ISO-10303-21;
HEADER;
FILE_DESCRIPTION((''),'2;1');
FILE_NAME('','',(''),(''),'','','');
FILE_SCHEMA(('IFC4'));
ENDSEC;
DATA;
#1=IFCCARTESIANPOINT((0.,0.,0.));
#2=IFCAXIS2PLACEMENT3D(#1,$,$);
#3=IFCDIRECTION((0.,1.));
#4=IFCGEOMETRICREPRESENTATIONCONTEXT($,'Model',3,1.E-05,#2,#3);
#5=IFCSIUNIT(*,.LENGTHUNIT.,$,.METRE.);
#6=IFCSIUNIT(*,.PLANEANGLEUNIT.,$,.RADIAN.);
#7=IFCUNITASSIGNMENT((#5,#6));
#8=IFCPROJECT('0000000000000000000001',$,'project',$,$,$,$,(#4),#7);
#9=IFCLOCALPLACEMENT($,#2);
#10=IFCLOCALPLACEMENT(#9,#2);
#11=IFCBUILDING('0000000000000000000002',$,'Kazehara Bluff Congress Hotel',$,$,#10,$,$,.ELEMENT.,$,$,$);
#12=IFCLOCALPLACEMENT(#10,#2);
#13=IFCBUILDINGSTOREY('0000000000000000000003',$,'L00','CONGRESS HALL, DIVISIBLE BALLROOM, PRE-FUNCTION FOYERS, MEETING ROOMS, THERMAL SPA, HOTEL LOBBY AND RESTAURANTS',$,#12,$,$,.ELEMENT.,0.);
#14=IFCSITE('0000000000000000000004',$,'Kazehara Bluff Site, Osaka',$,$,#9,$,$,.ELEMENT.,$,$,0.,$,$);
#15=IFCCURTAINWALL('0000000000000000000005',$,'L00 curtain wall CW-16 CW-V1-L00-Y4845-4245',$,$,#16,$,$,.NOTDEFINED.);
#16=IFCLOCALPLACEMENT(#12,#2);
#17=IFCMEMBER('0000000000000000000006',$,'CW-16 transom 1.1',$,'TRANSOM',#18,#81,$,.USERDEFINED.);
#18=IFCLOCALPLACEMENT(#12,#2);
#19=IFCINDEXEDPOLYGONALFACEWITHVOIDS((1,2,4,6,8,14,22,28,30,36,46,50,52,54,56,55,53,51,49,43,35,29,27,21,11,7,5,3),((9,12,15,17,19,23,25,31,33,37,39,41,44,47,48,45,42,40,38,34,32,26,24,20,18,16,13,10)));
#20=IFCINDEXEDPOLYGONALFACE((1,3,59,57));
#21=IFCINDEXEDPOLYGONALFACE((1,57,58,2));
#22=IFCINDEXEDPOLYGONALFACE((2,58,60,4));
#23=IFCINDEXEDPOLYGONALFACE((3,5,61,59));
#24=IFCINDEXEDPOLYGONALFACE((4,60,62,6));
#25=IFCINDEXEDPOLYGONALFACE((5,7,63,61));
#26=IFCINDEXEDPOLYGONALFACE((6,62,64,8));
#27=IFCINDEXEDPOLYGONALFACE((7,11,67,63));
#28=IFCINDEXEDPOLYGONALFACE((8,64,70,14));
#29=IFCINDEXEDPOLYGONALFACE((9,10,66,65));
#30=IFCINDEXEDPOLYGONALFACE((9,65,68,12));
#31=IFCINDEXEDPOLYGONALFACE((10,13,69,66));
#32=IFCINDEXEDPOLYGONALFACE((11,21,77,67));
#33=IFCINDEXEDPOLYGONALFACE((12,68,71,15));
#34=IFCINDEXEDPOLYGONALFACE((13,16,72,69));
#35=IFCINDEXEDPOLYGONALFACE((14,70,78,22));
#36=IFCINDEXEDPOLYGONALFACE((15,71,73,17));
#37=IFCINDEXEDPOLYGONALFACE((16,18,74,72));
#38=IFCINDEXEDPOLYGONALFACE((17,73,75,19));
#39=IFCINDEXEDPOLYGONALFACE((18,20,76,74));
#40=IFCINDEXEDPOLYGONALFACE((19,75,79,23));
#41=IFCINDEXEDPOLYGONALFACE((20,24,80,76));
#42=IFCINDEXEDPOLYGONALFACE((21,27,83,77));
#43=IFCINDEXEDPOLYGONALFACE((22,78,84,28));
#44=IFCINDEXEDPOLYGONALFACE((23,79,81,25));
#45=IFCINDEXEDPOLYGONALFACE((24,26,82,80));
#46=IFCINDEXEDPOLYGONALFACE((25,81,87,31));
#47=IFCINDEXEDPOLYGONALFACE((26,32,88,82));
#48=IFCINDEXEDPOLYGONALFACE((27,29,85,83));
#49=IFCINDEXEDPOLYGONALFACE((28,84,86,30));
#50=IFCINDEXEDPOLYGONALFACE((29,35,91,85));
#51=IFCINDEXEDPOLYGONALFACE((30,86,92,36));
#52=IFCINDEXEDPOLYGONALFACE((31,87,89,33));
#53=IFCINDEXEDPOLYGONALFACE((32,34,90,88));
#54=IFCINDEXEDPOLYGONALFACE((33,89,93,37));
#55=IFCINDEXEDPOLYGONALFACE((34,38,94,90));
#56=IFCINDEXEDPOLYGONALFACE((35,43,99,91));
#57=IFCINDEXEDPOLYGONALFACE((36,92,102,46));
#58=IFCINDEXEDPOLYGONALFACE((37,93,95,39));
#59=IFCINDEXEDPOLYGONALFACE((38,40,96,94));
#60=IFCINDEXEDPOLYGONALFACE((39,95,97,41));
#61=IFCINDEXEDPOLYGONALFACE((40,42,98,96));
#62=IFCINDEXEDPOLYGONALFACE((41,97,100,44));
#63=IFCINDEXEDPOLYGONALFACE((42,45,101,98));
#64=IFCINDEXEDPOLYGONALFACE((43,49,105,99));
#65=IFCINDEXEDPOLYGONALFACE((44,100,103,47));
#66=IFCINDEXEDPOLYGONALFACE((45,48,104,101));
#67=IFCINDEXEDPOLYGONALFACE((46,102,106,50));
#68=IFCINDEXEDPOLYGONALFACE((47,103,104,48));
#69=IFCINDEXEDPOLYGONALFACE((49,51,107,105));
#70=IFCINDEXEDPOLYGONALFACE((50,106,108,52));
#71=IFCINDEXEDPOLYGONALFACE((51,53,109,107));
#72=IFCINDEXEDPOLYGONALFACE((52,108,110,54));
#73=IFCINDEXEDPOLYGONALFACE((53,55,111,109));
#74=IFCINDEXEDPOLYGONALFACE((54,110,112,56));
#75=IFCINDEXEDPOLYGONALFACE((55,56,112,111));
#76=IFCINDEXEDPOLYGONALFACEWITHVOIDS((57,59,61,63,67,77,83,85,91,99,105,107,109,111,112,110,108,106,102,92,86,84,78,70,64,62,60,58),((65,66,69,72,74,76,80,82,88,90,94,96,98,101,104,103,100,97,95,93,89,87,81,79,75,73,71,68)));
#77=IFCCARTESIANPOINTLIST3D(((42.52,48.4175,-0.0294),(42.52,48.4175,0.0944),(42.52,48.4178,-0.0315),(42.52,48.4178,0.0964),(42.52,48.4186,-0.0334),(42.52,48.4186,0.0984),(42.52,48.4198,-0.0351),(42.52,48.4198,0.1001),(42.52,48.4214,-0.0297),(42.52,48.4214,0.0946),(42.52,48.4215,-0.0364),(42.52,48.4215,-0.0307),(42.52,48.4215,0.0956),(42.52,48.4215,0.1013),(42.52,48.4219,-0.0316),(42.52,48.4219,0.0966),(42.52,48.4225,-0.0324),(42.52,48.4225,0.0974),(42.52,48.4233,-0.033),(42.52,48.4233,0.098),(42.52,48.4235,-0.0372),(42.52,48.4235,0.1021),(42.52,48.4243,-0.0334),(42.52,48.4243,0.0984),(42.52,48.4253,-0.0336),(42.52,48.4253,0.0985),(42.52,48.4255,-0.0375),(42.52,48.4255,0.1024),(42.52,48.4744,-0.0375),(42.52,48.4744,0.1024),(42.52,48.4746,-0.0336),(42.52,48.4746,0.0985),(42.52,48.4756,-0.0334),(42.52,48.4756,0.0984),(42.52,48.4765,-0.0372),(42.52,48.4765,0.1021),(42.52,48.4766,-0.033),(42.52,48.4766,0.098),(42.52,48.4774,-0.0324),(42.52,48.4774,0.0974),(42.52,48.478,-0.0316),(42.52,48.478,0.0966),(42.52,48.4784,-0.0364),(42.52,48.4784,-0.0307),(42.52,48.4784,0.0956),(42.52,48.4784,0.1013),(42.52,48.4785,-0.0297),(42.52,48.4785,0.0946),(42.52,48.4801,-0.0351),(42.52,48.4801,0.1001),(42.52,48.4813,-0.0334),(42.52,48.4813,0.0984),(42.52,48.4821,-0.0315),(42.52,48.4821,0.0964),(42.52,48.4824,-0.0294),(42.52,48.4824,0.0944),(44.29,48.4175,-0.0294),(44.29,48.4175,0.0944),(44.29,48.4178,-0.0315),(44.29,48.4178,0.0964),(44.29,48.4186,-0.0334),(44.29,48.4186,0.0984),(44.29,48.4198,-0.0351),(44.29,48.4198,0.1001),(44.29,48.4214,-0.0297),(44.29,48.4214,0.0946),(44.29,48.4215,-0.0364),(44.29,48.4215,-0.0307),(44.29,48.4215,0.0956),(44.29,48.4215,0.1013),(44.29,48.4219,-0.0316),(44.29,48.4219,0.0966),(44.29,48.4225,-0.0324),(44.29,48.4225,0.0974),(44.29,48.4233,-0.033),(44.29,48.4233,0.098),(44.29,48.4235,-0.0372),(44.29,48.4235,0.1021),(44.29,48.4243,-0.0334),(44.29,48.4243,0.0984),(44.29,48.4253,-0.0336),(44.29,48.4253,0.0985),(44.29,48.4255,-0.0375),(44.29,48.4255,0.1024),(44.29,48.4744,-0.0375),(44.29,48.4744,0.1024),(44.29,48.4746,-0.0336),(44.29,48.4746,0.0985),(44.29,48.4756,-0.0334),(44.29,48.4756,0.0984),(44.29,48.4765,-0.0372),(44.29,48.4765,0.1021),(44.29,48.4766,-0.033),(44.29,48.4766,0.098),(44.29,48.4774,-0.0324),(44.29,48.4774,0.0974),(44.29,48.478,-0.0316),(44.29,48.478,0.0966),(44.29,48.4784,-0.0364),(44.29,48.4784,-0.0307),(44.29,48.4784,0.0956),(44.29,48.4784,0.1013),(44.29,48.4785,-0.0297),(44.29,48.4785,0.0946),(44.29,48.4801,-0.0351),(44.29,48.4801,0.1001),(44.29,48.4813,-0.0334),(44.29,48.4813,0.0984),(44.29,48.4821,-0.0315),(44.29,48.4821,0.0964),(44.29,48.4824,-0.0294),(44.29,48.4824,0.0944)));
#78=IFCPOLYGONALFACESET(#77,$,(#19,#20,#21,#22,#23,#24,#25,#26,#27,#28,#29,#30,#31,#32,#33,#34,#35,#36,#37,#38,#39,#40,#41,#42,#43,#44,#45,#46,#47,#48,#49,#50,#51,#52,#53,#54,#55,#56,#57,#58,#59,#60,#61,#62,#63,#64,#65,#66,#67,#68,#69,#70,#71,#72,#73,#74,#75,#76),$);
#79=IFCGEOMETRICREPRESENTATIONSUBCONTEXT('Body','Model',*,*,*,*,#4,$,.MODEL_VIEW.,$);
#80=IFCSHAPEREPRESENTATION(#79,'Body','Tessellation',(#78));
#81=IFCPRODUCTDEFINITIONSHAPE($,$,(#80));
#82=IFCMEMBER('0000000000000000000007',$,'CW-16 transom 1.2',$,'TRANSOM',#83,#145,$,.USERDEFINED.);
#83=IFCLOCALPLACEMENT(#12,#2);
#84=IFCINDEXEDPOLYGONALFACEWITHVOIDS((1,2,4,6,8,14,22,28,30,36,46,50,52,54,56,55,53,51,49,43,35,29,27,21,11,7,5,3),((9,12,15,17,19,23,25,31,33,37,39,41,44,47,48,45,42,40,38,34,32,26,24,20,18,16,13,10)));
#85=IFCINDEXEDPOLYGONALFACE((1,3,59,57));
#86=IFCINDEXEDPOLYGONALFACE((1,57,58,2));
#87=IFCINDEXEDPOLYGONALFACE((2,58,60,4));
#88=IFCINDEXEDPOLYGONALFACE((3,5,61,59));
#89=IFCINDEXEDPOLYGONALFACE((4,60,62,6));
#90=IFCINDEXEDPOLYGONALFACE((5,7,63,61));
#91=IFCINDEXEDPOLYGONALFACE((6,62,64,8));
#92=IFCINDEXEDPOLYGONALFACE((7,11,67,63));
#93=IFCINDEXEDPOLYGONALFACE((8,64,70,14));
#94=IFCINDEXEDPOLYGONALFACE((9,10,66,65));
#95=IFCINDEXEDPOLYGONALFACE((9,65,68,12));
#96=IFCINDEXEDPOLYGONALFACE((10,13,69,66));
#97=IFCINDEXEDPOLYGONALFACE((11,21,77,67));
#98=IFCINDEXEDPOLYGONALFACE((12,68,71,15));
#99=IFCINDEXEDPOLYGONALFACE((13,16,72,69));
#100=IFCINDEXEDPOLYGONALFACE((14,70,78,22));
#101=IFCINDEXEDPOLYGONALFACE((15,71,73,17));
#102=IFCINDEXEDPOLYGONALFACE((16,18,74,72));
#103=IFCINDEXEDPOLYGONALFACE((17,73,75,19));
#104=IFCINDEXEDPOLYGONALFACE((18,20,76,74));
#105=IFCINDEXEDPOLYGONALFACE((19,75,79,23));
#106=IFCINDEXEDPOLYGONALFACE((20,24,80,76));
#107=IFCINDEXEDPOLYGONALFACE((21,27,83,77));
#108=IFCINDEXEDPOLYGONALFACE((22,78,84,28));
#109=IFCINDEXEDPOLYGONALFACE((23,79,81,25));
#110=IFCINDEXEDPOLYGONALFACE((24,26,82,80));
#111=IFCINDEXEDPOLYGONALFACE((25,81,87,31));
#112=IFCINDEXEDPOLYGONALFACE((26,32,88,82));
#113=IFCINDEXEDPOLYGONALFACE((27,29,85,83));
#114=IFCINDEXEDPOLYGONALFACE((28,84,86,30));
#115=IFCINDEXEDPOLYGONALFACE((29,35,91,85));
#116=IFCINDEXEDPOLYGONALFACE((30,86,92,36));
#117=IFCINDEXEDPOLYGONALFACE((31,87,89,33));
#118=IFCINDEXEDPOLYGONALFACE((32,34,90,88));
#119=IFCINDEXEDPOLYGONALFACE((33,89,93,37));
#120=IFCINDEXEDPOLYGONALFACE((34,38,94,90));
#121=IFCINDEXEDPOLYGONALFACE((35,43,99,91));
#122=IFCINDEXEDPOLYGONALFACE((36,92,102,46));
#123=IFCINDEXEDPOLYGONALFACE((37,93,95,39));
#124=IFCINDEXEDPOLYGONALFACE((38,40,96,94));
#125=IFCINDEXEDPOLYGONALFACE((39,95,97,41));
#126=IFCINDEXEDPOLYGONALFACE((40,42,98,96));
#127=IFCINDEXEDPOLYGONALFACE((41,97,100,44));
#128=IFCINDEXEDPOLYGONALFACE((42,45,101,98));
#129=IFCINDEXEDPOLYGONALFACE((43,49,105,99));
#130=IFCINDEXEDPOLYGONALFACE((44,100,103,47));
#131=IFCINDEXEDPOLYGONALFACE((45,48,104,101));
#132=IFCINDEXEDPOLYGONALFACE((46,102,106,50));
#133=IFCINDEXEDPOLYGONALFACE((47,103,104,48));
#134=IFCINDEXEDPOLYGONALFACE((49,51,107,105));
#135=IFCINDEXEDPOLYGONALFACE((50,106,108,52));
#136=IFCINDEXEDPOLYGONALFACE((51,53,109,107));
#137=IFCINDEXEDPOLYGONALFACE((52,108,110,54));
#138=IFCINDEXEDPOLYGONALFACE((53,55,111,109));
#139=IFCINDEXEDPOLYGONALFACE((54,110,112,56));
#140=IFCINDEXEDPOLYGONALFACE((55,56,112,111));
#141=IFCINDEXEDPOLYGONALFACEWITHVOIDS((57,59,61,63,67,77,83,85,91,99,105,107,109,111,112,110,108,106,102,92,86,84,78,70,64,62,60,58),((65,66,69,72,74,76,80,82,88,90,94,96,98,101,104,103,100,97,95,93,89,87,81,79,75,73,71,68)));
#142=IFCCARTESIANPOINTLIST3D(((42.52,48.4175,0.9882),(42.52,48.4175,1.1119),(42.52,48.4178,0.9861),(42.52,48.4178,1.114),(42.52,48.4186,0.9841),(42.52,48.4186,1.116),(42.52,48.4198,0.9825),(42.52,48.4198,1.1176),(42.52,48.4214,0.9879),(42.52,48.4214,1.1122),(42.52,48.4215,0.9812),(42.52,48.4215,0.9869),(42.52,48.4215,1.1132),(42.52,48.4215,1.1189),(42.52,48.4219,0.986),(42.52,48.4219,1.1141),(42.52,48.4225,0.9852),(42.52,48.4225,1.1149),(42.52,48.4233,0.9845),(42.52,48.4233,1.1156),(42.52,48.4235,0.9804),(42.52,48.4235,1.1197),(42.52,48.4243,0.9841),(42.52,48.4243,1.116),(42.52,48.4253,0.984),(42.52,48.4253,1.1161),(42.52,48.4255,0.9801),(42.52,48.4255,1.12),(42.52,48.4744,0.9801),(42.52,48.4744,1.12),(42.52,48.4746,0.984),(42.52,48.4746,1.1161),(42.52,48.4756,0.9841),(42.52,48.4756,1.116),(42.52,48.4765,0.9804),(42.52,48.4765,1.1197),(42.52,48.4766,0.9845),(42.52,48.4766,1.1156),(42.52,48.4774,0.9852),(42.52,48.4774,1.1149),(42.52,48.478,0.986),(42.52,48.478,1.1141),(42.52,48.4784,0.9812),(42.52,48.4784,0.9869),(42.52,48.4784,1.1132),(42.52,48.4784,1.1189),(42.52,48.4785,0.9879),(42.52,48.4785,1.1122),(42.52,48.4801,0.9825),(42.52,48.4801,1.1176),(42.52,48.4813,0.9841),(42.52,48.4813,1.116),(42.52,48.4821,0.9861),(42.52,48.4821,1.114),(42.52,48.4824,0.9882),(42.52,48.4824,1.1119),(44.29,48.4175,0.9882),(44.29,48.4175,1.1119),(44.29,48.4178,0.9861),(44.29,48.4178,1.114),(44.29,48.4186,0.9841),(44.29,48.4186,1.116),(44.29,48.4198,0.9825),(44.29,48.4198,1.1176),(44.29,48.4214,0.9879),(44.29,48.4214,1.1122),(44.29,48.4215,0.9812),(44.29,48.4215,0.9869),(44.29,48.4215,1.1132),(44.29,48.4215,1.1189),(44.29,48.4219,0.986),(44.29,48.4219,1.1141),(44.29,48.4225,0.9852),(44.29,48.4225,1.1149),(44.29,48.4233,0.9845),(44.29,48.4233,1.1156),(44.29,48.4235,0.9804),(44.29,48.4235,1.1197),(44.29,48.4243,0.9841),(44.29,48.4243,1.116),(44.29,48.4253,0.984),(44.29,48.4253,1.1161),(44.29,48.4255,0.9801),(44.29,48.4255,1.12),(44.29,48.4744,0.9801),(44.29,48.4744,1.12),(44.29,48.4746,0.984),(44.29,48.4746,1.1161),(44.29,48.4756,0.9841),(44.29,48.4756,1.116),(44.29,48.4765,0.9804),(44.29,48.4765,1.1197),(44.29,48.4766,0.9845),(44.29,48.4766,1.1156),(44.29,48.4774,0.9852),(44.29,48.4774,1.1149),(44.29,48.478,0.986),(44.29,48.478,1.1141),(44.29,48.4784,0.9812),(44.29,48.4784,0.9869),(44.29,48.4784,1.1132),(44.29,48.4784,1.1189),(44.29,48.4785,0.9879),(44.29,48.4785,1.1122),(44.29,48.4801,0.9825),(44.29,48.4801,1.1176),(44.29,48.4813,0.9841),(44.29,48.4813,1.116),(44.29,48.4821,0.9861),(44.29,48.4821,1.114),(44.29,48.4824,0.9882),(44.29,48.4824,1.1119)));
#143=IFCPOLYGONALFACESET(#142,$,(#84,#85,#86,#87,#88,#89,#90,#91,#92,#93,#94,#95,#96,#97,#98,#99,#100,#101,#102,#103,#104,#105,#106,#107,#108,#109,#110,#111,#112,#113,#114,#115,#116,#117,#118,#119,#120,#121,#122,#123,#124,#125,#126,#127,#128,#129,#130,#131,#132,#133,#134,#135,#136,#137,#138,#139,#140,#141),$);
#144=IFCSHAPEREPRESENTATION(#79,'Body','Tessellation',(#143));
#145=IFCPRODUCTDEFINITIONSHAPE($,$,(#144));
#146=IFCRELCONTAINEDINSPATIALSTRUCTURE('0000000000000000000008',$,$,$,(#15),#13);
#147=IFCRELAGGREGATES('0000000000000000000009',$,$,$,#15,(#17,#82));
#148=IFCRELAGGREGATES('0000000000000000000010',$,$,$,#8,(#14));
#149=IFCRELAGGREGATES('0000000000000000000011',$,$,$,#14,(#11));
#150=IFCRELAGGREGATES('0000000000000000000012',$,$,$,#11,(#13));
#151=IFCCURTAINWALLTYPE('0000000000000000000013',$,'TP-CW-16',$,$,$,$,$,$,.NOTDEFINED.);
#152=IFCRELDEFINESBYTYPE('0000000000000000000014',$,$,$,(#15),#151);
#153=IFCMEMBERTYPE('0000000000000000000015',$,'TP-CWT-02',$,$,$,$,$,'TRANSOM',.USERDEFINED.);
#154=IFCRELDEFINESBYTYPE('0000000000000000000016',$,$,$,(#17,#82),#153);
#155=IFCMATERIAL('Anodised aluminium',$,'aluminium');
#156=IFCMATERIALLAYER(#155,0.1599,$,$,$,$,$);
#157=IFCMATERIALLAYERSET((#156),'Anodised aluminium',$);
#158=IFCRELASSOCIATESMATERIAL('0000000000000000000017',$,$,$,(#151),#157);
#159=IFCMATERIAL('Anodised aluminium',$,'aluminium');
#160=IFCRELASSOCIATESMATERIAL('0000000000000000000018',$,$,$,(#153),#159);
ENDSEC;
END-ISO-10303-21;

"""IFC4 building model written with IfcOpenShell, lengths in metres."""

from ifc_helpers import new_model, si_unit, direction, frame, origin, origin_2d, place, context, subcontext, project, spatial, hollow_rectangle, extrude, material, layer, layer_set, material_profile, profile_set, type_object, element, aggregate, save


model = new_model("IFC4")

# Units and contexts
model_context = context("Model", 3, precision=1e-05, world=origin(), true_north=direction((0.0, 1.0)))
body_context = subcontext(model_context, "Body", "Model", "MODEL_VIEW")
ifc_project = project(units=[si_unit("LENGTHUNIT", "METRE"), si_unit("PLANEANGLEUNIT", "RADIAN")], contexts=[model_context])

# Site, building, storey
site_placement = place(None, origin())
site = spatial("IfcSite", under=ifc_project, at=site_placement, Name="Kazehara Bluff Site, Osaka", CompositionType="ELEMENT", RefElevation=0.0)
building_placement = place(site_placement, origin())
building = spatial("IfcBuilding", under=site, at=building_placement, Name="Kazehara Bluff Congress Hotel", CompositionType="ELEMENT")
storey_placement = place(building_placement, origin())
storey = spatial("IfcBuildingStorey", under=building, at=storey_placement, Name="L00", Description="CONGRESS HALL, DIVISIBLE BALLROOM, PRE-FUNCTION FOYERS, MEETING ROOMS, THERMAL SPA, HOTEL LOBBY AND RESTAURANTS", CompositionType="ELEMENT", Elevation=0.0)

# Shared definitions
ifc_material_1 = material(Name="Anodised aluminium", Category="aluminium")
ifc_layer_1 = layer(ifc_material_1, 0.1599)
ifc_layer_set_1 = layer_set([ifc_layer_1], Name="Anodised aluminium")
curtain_wall_type = type_object("IfcCurtainWallType", Name="TP-CW-16", PredefinedType="NOTDEFINED", material=ifc_layer_set_1)

# Curtain wall
curtain_wall_1_placement = place(storey_placement, origin())
curtain_wall_1 = element("IfcCurtainWall", 1, at=curtain_wall_1_placement, inside=storey, type_object=curtain_wall_type, Name="L00 curtain wall CW-16 CW-V1-L00-Y4845-4245", PredefinedType="NOTDEFINED")

# Members
ifc_material_2 = material(Name="Anodised aluminium", Category="aluminium")
ifc_material_profile_1 = material_profile(ifc_material_2, hollow_rectangle(XDim=0.0649, YDim=0.1399, WallThickness=0.0039, InnerFilletRadius=0.0039, OuterFilletRadius=0.0081, at=origin_2d()))
ifc_profile_set_1 = profile_set([ifc_material_profile_1], Name="Anodised aluminium")
member_type_1 = type_object("IfcMemberType", Name="TP-CWT-02", ElementType="TRANSOM", PredefinedType="USERDEFINED", material=ifc_profile_set_1)
member_1_placement = place(storey_placement, frame((42.52, 48.45, 0.0325), z_axis=(1.0, 0.0, 0.0), x_axis=(0.0, 1.0, 0.0)))
member_1 = element("IfcMember", 2, at=member_1_placement, type_object=member_type_1, Name="CW-16 transom 1.1", ObjectType="TRANSOM", PredefinedType="USERDEFINED", context=body_context, shape_type="SweptSolid", body=[
    extrude(hollow_rectangle(XDim=0.0649, YDim=0.1399, WallThickness=0.0039, InnerFilletRadius=0.0039, OuterFilletRadius=0.0081, at=origin_2d()), origin(), (0.0, 0.0, 1.0), 1.77),
])
member_2_placement = place(storey_placement, frame((42.52, 48.45, 1.05), z_axis=(1.0, 0.0, 0.0), x_axis=(0.0, 1.0, 0.0)))
member_2 = element("IfcMember", 3, at=member_2_placement, type_object=member_type_1, Name="CW-16 transom 1.2", ObjectType="TRANSOM", PredefinedType="USERDEFINED", context=body_context, shape_type="SweptSolid", body=[
    extrude(hollow_rectangle(XDim=0.0649, YDim=0.1399, WallThickness=0.0039, InnerFilletRadius=0.0039, OuterFilletRadius=0.0081, at=origin_2d()), origin(), (0.0, 0.0, 1.0), 1.77),
])

aggregate(curtain_wall_1, [member_1, member_2])

save(model, "model.ifc")
